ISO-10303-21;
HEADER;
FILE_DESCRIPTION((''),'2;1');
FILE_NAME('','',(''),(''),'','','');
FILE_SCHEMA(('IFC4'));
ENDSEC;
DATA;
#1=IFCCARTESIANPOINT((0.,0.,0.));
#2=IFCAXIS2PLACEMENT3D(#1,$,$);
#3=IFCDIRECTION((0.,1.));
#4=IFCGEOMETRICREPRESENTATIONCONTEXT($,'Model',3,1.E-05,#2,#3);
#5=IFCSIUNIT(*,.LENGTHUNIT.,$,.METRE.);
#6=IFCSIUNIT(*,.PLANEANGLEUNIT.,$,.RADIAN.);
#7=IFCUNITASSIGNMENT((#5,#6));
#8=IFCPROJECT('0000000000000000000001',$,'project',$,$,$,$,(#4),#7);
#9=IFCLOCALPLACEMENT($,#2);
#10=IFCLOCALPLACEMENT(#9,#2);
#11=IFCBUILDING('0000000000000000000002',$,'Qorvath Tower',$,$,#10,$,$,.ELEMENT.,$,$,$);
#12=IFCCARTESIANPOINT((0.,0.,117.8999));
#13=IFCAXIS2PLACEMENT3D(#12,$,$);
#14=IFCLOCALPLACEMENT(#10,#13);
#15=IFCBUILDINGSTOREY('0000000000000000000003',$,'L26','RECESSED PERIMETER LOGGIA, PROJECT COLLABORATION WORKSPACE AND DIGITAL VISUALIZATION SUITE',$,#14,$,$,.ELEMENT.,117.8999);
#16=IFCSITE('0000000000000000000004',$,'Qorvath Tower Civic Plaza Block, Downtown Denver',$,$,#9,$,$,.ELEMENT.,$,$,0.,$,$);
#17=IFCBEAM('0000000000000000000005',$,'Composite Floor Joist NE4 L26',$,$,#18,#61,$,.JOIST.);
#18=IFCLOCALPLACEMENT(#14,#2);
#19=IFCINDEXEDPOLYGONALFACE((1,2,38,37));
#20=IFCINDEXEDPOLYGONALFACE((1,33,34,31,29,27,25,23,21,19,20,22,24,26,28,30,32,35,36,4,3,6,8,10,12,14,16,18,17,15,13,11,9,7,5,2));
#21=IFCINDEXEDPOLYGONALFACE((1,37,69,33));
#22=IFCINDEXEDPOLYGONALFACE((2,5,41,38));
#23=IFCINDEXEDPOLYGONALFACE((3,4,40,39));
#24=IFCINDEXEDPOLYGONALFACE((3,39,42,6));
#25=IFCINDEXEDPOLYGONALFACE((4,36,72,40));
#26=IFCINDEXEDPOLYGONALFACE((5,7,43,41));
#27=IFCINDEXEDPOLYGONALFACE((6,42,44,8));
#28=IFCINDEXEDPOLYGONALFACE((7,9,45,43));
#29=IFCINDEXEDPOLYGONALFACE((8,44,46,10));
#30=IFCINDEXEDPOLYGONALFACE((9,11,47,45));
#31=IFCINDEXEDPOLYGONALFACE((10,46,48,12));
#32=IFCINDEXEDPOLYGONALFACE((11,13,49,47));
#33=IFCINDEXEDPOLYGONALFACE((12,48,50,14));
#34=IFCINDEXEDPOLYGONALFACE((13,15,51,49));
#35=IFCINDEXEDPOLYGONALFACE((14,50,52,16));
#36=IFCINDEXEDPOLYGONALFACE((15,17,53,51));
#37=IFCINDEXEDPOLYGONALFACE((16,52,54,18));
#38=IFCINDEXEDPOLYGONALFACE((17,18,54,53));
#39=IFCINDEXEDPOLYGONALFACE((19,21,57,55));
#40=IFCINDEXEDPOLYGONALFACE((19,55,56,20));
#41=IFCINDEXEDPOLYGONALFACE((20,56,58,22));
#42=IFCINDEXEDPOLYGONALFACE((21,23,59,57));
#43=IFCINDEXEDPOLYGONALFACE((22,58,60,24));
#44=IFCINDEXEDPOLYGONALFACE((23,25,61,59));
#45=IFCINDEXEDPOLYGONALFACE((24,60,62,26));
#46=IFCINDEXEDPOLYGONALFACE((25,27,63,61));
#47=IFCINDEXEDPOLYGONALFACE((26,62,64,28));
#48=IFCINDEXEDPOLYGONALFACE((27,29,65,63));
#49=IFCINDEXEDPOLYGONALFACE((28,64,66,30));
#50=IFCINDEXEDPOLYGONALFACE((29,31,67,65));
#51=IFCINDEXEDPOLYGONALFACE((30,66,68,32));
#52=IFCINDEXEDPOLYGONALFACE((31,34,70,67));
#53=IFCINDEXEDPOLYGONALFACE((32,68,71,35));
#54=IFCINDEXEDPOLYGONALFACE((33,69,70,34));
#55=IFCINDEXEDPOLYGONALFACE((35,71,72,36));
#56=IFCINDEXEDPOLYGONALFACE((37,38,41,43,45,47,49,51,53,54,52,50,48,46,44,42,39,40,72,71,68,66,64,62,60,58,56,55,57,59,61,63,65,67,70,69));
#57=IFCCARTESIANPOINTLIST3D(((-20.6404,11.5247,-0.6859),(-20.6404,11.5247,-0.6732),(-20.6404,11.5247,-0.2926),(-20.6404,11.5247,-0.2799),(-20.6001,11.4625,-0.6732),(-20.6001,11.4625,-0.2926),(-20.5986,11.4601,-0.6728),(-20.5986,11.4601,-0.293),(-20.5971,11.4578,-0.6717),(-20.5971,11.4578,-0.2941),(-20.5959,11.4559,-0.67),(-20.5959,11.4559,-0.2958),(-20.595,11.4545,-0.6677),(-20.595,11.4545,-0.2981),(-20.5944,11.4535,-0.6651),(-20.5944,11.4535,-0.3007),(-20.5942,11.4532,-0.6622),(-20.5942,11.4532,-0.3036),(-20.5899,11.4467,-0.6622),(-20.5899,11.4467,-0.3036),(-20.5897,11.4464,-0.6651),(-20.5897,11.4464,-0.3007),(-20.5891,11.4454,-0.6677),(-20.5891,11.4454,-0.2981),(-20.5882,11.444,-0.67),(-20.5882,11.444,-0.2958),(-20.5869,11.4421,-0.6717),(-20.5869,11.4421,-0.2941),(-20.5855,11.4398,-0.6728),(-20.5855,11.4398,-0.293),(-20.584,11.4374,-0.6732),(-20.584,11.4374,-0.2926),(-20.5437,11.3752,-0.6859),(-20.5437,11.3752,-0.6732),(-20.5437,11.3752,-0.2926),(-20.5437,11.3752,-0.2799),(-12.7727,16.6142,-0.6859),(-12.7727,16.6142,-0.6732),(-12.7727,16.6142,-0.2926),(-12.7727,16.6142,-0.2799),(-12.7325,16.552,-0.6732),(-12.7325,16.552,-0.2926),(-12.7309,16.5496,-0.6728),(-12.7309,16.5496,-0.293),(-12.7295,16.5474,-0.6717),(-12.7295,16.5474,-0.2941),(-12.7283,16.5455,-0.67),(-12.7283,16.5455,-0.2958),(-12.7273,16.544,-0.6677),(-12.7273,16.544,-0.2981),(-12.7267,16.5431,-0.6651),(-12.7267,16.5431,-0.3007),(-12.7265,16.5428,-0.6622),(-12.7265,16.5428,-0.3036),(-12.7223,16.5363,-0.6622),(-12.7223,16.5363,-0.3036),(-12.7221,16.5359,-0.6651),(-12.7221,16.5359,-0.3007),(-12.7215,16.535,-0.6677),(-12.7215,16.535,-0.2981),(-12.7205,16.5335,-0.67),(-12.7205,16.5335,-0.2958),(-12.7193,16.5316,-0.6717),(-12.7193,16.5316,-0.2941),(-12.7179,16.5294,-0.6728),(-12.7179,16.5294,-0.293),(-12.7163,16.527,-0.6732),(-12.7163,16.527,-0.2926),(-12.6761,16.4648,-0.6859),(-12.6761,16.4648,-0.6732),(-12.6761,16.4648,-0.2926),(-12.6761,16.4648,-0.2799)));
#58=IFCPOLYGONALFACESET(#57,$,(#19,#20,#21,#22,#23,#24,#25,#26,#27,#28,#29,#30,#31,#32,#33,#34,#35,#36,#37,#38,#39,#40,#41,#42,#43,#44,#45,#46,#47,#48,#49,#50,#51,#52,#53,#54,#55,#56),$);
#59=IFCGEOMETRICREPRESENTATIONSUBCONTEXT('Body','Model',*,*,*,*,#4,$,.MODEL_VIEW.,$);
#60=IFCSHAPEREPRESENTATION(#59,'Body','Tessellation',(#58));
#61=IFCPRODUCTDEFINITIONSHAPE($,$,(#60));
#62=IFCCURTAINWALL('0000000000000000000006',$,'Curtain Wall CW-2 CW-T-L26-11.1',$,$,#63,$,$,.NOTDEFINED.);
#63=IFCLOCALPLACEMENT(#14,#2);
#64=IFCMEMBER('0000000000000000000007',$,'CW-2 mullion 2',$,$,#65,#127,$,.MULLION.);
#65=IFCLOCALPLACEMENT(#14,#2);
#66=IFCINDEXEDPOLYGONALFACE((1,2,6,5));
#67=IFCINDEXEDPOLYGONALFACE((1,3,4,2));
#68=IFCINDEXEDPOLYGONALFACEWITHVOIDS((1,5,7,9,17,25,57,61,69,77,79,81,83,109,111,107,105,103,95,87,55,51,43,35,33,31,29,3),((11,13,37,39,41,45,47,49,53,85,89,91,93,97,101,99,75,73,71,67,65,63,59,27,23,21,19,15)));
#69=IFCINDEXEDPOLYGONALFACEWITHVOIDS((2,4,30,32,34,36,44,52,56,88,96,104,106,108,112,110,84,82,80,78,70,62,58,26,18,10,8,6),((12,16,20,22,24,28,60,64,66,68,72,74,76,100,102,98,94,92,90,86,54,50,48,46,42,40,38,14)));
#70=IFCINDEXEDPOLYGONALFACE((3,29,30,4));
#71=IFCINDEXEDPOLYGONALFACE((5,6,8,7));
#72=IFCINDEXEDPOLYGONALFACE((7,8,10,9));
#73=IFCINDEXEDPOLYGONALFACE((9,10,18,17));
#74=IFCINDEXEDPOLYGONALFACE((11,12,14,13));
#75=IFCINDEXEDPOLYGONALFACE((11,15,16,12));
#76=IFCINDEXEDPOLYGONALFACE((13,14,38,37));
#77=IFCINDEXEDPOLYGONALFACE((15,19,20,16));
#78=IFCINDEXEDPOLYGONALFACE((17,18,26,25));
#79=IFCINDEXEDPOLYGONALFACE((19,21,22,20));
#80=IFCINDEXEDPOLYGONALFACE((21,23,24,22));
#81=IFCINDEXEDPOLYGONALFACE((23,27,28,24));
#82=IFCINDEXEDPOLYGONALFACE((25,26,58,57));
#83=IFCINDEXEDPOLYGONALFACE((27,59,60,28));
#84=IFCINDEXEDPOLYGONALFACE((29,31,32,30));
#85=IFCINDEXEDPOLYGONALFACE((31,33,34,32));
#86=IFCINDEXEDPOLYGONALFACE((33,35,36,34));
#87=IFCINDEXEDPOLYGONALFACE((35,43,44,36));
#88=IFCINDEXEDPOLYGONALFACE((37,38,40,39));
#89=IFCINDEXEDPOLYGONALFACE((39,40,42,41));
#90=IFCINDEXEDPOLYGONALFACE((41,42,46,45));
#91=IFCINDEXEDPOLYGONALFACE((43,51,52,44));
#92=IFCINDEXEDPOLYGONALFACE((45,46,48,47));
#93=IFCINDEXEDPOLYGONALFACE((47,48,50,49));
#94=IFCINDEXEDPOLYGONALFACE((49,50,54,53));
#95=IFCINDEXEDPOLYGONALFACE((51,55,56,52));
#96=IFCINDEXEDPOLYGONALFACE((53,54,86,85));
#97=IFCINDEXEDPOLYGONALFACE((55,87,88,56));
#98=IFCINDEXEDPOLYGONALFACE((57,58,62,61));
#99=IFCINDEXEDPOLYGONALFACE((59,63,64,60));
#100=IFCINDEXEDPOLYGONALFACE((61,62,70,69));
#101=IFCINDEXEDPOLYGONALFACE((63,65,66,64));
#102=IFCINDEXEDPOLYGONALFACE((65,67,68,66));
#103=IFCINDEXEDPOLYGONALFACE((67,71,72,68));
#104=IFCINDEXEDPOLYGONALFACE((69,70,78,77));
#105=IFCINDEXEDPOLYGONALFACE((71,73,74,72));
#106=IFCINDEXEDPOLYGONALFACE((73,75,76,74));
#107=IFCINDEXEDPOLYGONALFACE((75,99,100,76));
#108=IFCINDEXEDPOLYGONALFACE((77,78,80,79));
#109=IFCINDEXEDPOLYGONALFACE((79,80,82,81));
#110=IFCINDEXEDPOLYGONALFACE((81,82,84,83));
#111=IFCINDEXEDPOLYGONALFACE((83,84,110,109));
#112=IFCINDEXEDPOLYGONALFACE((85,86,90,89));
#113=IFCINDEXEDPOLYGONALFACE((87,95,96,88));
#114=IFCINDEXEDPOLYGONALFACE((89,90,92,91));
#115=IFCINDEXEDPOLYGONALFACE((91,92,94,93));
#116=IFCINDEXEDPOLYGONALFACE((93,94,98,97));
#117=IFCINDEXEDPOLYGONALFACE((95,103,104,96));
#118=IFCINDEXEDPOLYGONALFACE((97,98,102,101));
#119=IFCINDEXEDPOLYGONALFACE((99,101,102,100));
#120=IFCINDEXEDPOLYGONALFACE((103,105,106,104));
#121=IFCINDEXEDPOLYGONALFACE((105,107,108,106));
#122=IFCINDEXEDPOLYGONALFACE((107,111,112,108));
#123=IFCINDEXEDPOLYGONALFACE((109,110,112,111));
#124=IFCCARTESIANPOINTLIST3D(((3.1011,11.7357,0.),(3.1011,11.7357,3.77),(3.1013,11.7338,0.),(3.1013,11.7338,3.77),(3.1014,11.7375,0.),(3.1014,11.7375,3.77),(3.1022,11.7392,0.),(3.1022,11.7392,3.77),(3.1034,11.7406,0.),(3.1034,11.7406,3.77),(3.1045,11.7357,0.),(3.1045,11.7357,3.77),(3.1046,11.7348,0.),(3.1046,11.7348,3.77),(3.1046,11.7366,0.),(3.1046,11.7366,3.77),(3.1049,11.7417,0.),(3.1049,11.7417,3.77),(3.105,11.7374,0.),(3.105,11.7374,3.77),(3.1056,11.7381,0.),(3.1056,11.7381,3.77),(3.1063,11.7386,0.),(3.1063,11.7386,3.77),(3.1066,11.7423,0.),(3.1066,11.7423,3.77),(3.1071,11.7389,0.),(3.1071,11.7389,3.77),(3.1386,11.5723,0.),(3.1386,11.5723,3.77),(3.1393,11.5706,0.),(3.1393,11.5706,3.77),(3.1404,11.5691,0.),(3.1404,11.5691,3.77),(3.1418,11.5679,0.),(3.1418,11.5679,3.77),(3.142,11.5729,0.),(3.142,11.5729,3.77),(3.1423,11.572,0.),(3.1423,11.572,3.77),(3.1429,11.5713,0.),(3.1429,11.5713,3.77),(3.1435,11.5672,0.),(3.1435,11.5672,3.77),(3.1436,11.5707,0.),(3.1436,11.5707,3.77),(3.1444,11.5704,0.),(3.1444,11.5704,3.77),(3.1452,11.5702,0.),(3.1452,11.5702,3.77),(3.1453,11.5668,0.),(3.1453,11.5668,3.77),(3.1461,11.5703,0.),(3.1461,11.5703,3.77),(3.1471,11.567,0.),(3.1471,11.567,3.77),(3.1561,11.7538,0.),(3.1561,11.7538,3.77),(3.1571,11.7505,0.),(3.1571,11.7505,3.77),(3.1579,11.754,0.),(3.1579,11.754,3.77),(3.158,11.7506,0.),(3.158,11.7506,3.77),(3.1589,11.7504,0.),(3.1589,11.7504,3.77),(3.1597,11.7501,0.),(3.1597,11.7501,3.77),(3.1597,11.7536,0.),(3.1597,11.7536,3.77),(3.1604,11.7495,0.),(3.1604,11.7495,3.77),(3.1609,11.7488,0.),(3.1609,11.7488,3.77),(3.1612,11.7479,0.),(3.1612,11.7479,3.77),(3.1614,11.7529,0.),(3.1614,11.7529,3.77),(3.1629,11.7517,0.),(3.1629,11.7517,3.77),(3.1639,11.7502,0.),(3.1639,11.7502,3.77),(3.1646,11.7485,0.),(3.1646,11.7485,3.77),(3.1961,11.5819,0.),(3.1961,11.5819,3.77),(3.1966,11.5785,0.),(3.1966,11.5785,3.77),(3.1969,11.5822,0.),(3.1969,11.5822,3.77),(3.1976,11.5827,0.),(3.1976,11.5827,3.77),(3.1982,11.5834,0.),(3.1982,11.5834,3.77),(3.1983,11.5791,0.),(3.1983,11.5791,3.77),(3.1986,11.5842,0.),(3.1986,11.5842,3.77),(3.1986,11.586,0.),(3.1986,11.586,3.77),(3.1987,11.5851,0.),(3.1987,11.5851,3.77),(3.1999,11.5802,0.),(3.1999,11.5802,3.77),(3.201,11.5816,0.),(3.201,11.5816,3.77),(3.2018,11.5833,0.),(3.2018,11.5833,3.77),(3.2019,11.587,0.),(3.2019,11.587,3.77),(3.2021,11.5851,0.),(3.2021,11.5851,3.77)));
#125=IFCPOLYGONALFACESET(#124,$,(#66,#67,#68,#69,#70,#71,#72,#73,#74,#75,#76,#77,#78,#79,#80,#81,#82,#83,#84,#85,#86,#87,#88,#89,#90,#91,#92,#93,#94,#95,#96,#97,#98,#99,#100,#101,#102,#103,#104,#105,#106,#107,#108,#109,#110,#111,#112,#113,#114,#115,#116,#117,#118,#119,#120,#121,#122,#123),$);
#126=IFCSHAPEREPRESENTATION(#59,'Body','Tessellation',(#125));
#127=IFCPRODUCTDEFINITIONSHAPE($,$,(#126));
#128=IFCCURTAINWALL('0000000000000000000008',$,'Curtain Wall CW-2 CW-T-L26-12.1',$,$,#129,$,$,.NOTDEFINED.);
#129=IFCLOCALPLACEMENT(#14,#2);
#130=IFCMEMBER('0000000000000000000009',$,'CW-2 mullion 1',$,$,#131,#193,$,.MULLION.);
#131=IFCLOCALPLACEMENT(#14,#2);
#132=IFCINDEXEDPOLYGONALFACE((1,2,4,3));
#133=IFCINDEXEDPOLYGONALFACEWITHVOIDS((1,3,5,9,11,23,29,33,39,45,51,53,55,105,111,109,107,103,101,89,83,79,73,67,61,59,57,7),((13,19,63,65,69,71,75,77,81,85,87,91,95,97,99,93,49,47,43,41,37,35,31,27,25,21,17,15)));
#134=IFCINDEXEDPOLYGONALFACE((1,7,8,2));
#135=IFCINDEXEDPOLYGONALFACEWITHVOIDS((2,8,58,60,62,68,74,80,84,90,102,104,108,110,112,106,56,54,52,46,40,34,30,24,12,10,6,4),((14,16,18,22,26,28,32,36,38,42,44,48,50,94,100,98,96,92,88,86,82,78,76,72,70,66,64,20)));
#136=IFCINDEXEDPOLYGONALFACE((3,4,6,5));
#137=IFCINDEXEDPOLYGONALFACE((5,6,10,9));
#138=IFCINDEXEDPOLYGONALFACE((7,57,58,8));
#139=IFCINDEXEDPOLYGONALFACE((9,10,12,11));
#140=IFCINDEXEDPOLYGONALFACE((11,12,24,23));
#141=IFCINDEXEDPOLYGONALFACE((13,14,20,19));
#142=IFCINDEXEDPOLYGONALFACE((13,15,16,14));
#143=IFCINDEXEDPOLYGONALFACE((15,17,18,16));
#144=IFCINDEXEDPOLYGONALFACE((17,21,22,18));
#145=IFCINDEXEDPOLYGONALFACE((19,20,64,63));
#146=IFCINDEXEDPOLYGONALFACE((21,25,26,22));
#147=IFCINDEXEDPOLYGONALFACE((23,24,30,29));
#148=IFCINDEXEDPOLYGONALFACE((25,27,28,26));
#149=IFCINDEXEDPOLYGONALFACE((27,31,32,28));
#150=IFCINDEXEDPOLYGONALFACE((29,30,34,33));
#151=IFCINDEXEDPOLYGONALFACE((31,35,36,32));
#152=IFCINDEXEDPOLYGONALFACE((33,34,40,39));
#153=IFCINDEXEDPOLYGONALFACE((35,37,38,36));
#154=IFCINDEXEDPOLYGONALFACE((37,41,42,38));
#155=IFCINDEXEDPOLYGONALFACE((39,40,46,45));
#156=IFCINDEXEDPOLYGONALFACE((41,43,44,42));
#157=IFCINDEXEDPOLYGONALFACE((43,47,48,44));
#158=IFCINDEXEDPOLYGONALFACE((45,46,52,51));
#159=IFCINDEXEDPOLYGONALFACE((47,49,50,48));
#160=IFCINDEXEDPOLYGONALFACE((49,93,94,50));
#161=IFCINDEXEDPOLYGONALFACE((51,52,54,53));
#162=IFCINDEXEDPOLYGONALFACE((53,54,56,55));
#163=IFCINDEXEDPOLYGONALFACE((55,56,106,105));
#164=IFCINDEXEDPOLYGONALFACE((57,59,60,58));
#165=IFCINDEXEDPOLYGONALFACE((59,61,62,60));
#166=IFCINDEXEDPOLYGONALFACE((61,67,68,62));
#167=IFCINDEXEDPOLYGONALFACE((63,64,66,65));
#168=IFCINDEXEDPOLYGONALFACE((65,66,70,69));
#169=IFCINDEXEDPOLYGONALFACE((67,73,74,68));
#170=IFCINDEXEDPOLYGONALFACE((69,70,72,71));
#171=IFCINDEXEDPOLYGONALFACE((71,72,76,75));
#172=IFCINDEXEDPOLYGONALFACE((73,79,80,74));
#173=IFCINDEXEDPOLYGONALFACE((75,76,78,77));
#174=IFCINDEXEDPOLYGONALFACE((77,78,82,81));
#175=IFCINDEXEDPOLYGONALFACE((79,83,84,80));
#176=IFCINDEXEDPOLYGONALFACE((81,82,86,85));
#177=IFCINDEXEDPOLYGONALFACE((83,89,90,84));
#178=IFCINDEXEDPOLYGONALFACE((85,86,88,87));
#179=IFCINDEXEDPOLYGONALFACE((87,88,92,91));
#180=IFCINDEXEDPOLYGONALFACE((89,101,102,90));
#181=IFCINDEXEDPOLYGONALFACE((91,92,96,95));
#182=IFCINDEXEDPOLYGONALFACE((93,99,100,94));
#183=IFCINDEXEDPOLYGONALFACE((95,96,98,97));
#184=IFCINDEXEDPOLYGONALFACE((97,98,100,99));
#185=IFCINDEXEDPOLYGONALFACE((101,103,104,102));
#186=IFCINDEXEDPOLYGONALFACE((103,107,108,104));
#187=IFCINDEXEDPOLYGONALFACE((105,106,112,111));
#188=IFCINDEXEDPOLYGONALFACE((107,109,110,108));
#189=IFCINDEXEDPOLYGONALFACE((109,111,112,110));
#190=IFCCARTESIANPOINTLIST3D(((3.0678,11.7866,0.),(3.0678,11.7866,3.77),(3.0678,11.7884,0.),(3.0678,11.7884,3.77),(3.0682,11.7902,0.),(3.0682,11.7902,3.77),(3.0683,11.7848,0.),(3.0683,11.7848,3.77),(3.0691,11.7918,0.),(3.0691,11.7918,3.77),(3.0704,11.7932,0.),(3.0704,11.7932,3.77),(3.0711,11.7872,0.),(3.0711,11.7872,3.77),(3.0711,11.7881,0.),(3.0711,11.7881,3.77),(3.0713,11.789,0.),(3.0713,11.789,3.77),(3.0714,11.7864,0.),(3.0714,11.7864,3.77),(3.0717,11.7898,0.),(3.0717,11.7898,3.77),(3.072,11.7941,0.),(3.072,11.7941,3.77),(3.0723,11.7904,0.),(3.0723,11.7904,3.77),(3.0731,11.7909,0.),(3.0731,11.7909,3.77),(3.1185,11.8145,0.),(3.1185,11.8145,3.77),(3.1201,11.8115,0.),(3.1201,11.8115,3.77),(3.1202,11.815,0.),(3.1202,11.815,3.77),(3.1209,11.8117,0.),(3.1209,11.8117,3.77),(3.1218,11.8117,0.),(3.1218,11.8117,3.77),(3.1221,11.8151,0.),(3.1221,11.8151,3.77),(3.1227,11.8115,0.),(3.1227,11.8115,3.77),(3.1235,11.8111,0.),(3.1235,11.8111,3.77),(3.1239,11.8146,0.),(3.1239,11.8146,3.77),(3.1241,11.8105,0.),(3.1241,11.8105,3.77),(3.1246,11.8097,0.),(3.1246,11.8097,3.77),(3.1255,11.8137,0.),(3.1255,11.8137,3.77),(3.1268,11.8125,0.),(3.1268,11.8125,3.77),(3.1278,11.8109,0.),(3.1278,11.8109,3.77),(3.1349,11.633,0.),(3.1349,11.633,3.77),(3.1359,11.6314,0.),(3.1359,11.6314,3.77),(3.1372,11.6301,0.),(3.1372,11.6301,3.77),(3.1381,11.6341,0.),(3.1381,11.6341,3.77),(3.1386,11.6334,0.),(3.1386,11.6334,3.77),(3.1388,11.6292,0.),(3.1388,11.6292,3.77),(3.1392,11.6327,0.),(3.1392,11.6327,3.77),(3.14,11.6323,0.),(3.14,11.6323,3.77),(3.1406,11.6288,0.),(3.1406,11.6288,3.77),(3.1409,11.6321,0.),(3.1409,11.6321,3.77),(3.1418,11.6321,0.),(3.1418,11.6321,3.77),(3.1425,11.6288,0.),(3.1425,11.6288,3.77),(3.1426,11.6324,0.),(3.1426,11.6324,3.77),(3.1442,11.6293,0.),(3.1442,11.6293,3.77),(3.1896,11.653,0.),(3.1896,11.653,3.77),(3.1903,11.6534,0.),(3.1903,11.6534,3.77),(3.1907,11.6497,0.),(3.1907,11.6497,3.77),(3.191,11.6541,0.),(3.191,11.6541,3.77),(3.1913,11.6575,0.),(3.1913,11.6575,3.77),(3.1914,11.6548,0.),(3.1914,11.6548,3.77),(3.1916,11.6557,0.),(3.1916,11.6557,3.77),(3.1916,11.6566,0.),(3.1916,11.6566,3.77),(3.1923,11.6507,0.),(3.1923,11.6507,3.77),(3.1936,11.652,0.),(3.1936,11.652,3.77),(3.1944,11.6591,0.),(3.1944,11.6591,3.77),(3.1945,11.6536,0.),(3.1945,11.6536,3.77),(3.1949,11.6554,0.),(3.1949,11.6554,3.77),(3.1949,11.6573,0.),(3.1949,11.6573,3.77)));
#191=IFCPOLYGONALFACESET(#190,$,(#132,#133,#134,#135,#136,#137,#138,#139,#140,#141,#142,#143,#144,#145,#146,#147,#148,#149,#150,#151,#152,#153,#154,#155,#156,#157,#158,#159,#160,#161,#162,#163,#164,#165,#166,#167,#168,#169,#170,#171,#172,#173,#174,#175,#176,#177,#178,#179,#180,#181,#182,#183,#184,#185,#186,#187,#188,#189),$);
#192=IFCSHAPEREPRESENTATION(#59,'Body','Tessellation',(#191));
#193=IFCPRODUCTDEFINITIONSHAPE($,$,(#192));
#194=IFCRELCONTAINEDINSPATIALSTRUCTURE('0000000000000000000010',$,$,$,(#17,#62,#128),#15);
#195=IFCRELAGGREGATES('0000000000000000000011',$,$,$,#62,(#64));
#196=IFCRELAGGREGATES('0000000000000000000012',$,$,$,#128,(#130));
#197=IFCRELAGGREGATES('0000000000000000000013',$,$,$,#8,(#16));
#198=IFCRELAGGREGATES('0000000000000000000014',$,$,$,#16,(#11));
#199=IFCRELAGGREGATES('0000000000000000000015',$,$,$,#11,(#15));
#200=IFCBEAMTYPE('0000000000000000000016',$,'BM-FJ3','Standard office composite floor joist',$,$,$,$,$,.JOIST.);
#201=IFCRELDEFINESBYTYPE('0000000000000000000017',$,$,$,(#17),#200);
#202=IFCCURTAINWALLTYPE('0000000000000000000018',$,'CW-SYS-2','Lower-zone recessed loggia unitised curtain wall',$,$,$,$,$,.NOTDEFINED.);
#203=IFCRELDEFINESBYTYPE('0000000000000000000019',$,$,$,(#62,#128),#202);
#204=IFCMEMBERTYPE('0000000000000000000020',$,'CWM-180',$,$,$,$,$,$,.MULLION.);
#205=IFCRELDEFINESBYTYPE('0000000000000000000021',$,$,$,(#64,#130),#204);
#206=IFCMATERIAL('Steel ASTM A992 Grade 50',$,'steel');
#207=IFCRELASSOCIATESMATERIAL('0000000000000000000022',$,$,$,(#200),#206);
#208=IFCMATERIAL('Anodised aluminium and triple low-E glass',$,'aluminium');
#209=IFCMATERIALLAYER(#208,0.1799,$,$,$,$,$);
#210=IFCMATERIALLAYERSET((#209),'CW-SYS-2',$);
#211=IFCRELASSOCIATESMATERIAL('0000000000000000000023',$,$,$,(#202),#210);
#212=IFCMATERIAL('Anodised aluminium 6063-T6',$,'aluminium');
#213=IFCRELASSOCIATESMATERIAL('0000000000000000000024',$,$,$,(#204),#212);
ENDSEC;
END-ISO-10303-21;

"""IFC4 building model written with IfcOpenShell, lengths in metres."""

from ifc_helpers import new_model, si_unit, direction, frame, origin, origin_2d, place, context, subcontext, project, spatial, hollow_rectangle, i_section, extrude, material, layer, layer_set, material_profile, profile_set, type_object, element, aggregate, save


model = new_model("IFC4")

# Units and contexts
model_context = context("Model", 3, precision=1e-05, world=origin(), true_north=direction((0.0, 1.0)))
body_context = subcontext(model_context, "Body", "Model", "MODEL_VIEW")
ifc_project = project(units=[si_unit("LENGTHUNIT", "METRE"), si_unit("PLANEANGLEUNIT", "RADIAN")], contexts=[model_context])

# Site, building, storey
site_placement = place(None, origin())
site = spatial("IfcSite", under=ifc_project, at=site_placement, Name="Qorvath Tower Civic Plaza Block, Downtown Denver", CompositionType="ELEMENT", RefElevation=0.0)
building_placement = place(site_placement, origin())
building = spatial("IfcBuilding", under=site, at=building_placement, Name="Qorvath Tower", CompositionType="ELEMENT")
storey_placement = place(building_placement, frame((0.0, 0.0, 117.8999)))
storey = spatial("IfcBuildingStorey", under=building, at=storey_placement, Name="L26", Description="RECESSED PERIMETER LOGGIA, PROJECT COLLABORATION WORKSPACE AND DIGITAL VISUALIZATION SUITE", CompositionType="ELEMENT", Elevation=117.8999)

# Beam
ifc_material_1 = material(Name="Steel ASTM A992 Grade 50", Category="steel")
ifc_material_profile_1 = material_profile(ifc_material_1, i_section(OverallWidth=0.178, OverallDepth=0.406, WebThickness=0.0078, FlangeThickness=0.0127, FilletRadius=0.011, at=origin_2d()), Name="W16x40")
ifc_profile_set_1 = profile_set([ifc_material_profile_1], Name="Steel ASTM A992 Grade 50")
beam_type_1 = type_object("IfcBeamType", Name="BM-FJ3", Description="Standard office composite floor joist", PredefinedType="JOIST", material=ifc_profile_set_1)
beam_1_placement = place(storey_placement, frame((-20.592, 11.45, -0.4829), z_axis=(0.839631, 0.543157, 0.0), x_axis=(-0.543157, 0.839631, 0.0)))
element("IfcBeam", 1, at=beam_1_placement, inside=storey, type_object=beam_type_1, Name="Composite Floor Joist NE4 L26", PredefinedType="JOIST", context=body_context, shape_type="SweptSolid", body=[
    extrude(i_section(OverallWidth=0.178, OverallDepth=0.406, WebThickness=0.0078, FlangeThickness=0.0127, FilletRadius=0.011, at=origin_2d()), origin(), (0.0, 0.0, 1.0), 9.3704),
])

# Curtain wall, member
ifc_material_2 = material(Name="Anodised aluminium and triple low-E glass", Category="aluminium")
ifc_layer_1 = layer(ifc_material_2, 0.1799)
ifc_layer_set_1 = layer_set([ifc_layer_1], Name="CW-SYS-2")
curtain_wall_type = type_object("IfcCurtainWallType", Name="CW-SYS-2", Description="Lower-zone recessed loggia unitised curtain wall", PredefinedType="NOTDEFINED", material=ifc_layer_set_1)
curtain_wall_1_placement = place(storey_placement, origin())
curtain_wall_1 = element("IfcCurtainWall", 2, at=curtain_wall_1_placement, inside=storey, type_object=curtain_wall_type, Name="Curtain Wall CW-2 CW-T-L26-11.1", PredefinedType="NOTDEFINED")
ifc_material_3 = material(Name="Anodised aluminium 6063-T6", Category="aluminium")
ifc_material_profile_2 = material_profile(ifc_material_3, hollow_rectangle(XDim=0.0649, YDim=0.1799, WallThickness=0.0034, InnerFilletRadius=0.0034, OuterFilletRadius=0.0071, at=origin_2d()), Name="CWM 180x65")
ifc_profile_set_2 = profile_set([ifc_material_profile_2], Name="Anodised aluminium 6063-T6")
member_type_1 = type_object("IfcMemberType", Name="CWM-180", PredefinedType="MULLION", material=ifc_profile_set_2)
member_1_placement = place(storey_placement, frame((3.1516, 11.6604, 0.0), z_axis=(0.0, 0.0, 1.0), x_axis=(-0.974296, -0.22527, 0.0)))
member_1 = element("IfcMember", 3, at=member_1_placement, type_object=member_type_1, Name="CW-2 mullion 2", PredefinedType="MULLION", context=body_context, shape_type="SweptSolid", body=[
    extrude(hollow_rectangle(XDim=0.0649, YDim=0.1799, WallThickness=0.0034, InnerFilletRadius=0.0034, OuterFilletRadius=0.0071, at=origin_2d()), origin(), (0.0, 0.0, 1.0), 3.77),
])

# Curtain wall, member
curtain_wall_2_placement = place(storey_placement, origin())
curtain_wall_2 = element("IfcCurtainWall", 4, at=curtain_wall_2_placement, inside=storey, type_object=curtain_wall_type, Name="Curtain Wall CW-2 CW-T-L26-12.1", PredefinedType="NOTDEFINED")
member_2_placement = place(storey_placement, frame((3.1313, 11.7219, 0.0), z_axis=(0.0, 0.0, 1.0), x_axis=(-0.915794, -0.401649, 0.0)))
member_2 = element("IfcMember", 5, at=member_2_placement, type_object=member_type_1, Name="CW-2 mullion 1", PredefinedType="MULLION", context=body_context, shape_type="SweptSolid", body=[
    extrude(hollow_rectangle(XDim=0.0649, YDim=0.1799, WallThickness=0.0034, InnerFilletRadius=0.0034, OuterFilletRadius=0.0071, at=origin_2d()), origin(), (0.0, 0.0, 1.0), 3.77),
])

aggregate(curtain_wall_1, [member_1])
aggregate(curtain_wall_2, [member_2])

save(model, "model.ifc")
